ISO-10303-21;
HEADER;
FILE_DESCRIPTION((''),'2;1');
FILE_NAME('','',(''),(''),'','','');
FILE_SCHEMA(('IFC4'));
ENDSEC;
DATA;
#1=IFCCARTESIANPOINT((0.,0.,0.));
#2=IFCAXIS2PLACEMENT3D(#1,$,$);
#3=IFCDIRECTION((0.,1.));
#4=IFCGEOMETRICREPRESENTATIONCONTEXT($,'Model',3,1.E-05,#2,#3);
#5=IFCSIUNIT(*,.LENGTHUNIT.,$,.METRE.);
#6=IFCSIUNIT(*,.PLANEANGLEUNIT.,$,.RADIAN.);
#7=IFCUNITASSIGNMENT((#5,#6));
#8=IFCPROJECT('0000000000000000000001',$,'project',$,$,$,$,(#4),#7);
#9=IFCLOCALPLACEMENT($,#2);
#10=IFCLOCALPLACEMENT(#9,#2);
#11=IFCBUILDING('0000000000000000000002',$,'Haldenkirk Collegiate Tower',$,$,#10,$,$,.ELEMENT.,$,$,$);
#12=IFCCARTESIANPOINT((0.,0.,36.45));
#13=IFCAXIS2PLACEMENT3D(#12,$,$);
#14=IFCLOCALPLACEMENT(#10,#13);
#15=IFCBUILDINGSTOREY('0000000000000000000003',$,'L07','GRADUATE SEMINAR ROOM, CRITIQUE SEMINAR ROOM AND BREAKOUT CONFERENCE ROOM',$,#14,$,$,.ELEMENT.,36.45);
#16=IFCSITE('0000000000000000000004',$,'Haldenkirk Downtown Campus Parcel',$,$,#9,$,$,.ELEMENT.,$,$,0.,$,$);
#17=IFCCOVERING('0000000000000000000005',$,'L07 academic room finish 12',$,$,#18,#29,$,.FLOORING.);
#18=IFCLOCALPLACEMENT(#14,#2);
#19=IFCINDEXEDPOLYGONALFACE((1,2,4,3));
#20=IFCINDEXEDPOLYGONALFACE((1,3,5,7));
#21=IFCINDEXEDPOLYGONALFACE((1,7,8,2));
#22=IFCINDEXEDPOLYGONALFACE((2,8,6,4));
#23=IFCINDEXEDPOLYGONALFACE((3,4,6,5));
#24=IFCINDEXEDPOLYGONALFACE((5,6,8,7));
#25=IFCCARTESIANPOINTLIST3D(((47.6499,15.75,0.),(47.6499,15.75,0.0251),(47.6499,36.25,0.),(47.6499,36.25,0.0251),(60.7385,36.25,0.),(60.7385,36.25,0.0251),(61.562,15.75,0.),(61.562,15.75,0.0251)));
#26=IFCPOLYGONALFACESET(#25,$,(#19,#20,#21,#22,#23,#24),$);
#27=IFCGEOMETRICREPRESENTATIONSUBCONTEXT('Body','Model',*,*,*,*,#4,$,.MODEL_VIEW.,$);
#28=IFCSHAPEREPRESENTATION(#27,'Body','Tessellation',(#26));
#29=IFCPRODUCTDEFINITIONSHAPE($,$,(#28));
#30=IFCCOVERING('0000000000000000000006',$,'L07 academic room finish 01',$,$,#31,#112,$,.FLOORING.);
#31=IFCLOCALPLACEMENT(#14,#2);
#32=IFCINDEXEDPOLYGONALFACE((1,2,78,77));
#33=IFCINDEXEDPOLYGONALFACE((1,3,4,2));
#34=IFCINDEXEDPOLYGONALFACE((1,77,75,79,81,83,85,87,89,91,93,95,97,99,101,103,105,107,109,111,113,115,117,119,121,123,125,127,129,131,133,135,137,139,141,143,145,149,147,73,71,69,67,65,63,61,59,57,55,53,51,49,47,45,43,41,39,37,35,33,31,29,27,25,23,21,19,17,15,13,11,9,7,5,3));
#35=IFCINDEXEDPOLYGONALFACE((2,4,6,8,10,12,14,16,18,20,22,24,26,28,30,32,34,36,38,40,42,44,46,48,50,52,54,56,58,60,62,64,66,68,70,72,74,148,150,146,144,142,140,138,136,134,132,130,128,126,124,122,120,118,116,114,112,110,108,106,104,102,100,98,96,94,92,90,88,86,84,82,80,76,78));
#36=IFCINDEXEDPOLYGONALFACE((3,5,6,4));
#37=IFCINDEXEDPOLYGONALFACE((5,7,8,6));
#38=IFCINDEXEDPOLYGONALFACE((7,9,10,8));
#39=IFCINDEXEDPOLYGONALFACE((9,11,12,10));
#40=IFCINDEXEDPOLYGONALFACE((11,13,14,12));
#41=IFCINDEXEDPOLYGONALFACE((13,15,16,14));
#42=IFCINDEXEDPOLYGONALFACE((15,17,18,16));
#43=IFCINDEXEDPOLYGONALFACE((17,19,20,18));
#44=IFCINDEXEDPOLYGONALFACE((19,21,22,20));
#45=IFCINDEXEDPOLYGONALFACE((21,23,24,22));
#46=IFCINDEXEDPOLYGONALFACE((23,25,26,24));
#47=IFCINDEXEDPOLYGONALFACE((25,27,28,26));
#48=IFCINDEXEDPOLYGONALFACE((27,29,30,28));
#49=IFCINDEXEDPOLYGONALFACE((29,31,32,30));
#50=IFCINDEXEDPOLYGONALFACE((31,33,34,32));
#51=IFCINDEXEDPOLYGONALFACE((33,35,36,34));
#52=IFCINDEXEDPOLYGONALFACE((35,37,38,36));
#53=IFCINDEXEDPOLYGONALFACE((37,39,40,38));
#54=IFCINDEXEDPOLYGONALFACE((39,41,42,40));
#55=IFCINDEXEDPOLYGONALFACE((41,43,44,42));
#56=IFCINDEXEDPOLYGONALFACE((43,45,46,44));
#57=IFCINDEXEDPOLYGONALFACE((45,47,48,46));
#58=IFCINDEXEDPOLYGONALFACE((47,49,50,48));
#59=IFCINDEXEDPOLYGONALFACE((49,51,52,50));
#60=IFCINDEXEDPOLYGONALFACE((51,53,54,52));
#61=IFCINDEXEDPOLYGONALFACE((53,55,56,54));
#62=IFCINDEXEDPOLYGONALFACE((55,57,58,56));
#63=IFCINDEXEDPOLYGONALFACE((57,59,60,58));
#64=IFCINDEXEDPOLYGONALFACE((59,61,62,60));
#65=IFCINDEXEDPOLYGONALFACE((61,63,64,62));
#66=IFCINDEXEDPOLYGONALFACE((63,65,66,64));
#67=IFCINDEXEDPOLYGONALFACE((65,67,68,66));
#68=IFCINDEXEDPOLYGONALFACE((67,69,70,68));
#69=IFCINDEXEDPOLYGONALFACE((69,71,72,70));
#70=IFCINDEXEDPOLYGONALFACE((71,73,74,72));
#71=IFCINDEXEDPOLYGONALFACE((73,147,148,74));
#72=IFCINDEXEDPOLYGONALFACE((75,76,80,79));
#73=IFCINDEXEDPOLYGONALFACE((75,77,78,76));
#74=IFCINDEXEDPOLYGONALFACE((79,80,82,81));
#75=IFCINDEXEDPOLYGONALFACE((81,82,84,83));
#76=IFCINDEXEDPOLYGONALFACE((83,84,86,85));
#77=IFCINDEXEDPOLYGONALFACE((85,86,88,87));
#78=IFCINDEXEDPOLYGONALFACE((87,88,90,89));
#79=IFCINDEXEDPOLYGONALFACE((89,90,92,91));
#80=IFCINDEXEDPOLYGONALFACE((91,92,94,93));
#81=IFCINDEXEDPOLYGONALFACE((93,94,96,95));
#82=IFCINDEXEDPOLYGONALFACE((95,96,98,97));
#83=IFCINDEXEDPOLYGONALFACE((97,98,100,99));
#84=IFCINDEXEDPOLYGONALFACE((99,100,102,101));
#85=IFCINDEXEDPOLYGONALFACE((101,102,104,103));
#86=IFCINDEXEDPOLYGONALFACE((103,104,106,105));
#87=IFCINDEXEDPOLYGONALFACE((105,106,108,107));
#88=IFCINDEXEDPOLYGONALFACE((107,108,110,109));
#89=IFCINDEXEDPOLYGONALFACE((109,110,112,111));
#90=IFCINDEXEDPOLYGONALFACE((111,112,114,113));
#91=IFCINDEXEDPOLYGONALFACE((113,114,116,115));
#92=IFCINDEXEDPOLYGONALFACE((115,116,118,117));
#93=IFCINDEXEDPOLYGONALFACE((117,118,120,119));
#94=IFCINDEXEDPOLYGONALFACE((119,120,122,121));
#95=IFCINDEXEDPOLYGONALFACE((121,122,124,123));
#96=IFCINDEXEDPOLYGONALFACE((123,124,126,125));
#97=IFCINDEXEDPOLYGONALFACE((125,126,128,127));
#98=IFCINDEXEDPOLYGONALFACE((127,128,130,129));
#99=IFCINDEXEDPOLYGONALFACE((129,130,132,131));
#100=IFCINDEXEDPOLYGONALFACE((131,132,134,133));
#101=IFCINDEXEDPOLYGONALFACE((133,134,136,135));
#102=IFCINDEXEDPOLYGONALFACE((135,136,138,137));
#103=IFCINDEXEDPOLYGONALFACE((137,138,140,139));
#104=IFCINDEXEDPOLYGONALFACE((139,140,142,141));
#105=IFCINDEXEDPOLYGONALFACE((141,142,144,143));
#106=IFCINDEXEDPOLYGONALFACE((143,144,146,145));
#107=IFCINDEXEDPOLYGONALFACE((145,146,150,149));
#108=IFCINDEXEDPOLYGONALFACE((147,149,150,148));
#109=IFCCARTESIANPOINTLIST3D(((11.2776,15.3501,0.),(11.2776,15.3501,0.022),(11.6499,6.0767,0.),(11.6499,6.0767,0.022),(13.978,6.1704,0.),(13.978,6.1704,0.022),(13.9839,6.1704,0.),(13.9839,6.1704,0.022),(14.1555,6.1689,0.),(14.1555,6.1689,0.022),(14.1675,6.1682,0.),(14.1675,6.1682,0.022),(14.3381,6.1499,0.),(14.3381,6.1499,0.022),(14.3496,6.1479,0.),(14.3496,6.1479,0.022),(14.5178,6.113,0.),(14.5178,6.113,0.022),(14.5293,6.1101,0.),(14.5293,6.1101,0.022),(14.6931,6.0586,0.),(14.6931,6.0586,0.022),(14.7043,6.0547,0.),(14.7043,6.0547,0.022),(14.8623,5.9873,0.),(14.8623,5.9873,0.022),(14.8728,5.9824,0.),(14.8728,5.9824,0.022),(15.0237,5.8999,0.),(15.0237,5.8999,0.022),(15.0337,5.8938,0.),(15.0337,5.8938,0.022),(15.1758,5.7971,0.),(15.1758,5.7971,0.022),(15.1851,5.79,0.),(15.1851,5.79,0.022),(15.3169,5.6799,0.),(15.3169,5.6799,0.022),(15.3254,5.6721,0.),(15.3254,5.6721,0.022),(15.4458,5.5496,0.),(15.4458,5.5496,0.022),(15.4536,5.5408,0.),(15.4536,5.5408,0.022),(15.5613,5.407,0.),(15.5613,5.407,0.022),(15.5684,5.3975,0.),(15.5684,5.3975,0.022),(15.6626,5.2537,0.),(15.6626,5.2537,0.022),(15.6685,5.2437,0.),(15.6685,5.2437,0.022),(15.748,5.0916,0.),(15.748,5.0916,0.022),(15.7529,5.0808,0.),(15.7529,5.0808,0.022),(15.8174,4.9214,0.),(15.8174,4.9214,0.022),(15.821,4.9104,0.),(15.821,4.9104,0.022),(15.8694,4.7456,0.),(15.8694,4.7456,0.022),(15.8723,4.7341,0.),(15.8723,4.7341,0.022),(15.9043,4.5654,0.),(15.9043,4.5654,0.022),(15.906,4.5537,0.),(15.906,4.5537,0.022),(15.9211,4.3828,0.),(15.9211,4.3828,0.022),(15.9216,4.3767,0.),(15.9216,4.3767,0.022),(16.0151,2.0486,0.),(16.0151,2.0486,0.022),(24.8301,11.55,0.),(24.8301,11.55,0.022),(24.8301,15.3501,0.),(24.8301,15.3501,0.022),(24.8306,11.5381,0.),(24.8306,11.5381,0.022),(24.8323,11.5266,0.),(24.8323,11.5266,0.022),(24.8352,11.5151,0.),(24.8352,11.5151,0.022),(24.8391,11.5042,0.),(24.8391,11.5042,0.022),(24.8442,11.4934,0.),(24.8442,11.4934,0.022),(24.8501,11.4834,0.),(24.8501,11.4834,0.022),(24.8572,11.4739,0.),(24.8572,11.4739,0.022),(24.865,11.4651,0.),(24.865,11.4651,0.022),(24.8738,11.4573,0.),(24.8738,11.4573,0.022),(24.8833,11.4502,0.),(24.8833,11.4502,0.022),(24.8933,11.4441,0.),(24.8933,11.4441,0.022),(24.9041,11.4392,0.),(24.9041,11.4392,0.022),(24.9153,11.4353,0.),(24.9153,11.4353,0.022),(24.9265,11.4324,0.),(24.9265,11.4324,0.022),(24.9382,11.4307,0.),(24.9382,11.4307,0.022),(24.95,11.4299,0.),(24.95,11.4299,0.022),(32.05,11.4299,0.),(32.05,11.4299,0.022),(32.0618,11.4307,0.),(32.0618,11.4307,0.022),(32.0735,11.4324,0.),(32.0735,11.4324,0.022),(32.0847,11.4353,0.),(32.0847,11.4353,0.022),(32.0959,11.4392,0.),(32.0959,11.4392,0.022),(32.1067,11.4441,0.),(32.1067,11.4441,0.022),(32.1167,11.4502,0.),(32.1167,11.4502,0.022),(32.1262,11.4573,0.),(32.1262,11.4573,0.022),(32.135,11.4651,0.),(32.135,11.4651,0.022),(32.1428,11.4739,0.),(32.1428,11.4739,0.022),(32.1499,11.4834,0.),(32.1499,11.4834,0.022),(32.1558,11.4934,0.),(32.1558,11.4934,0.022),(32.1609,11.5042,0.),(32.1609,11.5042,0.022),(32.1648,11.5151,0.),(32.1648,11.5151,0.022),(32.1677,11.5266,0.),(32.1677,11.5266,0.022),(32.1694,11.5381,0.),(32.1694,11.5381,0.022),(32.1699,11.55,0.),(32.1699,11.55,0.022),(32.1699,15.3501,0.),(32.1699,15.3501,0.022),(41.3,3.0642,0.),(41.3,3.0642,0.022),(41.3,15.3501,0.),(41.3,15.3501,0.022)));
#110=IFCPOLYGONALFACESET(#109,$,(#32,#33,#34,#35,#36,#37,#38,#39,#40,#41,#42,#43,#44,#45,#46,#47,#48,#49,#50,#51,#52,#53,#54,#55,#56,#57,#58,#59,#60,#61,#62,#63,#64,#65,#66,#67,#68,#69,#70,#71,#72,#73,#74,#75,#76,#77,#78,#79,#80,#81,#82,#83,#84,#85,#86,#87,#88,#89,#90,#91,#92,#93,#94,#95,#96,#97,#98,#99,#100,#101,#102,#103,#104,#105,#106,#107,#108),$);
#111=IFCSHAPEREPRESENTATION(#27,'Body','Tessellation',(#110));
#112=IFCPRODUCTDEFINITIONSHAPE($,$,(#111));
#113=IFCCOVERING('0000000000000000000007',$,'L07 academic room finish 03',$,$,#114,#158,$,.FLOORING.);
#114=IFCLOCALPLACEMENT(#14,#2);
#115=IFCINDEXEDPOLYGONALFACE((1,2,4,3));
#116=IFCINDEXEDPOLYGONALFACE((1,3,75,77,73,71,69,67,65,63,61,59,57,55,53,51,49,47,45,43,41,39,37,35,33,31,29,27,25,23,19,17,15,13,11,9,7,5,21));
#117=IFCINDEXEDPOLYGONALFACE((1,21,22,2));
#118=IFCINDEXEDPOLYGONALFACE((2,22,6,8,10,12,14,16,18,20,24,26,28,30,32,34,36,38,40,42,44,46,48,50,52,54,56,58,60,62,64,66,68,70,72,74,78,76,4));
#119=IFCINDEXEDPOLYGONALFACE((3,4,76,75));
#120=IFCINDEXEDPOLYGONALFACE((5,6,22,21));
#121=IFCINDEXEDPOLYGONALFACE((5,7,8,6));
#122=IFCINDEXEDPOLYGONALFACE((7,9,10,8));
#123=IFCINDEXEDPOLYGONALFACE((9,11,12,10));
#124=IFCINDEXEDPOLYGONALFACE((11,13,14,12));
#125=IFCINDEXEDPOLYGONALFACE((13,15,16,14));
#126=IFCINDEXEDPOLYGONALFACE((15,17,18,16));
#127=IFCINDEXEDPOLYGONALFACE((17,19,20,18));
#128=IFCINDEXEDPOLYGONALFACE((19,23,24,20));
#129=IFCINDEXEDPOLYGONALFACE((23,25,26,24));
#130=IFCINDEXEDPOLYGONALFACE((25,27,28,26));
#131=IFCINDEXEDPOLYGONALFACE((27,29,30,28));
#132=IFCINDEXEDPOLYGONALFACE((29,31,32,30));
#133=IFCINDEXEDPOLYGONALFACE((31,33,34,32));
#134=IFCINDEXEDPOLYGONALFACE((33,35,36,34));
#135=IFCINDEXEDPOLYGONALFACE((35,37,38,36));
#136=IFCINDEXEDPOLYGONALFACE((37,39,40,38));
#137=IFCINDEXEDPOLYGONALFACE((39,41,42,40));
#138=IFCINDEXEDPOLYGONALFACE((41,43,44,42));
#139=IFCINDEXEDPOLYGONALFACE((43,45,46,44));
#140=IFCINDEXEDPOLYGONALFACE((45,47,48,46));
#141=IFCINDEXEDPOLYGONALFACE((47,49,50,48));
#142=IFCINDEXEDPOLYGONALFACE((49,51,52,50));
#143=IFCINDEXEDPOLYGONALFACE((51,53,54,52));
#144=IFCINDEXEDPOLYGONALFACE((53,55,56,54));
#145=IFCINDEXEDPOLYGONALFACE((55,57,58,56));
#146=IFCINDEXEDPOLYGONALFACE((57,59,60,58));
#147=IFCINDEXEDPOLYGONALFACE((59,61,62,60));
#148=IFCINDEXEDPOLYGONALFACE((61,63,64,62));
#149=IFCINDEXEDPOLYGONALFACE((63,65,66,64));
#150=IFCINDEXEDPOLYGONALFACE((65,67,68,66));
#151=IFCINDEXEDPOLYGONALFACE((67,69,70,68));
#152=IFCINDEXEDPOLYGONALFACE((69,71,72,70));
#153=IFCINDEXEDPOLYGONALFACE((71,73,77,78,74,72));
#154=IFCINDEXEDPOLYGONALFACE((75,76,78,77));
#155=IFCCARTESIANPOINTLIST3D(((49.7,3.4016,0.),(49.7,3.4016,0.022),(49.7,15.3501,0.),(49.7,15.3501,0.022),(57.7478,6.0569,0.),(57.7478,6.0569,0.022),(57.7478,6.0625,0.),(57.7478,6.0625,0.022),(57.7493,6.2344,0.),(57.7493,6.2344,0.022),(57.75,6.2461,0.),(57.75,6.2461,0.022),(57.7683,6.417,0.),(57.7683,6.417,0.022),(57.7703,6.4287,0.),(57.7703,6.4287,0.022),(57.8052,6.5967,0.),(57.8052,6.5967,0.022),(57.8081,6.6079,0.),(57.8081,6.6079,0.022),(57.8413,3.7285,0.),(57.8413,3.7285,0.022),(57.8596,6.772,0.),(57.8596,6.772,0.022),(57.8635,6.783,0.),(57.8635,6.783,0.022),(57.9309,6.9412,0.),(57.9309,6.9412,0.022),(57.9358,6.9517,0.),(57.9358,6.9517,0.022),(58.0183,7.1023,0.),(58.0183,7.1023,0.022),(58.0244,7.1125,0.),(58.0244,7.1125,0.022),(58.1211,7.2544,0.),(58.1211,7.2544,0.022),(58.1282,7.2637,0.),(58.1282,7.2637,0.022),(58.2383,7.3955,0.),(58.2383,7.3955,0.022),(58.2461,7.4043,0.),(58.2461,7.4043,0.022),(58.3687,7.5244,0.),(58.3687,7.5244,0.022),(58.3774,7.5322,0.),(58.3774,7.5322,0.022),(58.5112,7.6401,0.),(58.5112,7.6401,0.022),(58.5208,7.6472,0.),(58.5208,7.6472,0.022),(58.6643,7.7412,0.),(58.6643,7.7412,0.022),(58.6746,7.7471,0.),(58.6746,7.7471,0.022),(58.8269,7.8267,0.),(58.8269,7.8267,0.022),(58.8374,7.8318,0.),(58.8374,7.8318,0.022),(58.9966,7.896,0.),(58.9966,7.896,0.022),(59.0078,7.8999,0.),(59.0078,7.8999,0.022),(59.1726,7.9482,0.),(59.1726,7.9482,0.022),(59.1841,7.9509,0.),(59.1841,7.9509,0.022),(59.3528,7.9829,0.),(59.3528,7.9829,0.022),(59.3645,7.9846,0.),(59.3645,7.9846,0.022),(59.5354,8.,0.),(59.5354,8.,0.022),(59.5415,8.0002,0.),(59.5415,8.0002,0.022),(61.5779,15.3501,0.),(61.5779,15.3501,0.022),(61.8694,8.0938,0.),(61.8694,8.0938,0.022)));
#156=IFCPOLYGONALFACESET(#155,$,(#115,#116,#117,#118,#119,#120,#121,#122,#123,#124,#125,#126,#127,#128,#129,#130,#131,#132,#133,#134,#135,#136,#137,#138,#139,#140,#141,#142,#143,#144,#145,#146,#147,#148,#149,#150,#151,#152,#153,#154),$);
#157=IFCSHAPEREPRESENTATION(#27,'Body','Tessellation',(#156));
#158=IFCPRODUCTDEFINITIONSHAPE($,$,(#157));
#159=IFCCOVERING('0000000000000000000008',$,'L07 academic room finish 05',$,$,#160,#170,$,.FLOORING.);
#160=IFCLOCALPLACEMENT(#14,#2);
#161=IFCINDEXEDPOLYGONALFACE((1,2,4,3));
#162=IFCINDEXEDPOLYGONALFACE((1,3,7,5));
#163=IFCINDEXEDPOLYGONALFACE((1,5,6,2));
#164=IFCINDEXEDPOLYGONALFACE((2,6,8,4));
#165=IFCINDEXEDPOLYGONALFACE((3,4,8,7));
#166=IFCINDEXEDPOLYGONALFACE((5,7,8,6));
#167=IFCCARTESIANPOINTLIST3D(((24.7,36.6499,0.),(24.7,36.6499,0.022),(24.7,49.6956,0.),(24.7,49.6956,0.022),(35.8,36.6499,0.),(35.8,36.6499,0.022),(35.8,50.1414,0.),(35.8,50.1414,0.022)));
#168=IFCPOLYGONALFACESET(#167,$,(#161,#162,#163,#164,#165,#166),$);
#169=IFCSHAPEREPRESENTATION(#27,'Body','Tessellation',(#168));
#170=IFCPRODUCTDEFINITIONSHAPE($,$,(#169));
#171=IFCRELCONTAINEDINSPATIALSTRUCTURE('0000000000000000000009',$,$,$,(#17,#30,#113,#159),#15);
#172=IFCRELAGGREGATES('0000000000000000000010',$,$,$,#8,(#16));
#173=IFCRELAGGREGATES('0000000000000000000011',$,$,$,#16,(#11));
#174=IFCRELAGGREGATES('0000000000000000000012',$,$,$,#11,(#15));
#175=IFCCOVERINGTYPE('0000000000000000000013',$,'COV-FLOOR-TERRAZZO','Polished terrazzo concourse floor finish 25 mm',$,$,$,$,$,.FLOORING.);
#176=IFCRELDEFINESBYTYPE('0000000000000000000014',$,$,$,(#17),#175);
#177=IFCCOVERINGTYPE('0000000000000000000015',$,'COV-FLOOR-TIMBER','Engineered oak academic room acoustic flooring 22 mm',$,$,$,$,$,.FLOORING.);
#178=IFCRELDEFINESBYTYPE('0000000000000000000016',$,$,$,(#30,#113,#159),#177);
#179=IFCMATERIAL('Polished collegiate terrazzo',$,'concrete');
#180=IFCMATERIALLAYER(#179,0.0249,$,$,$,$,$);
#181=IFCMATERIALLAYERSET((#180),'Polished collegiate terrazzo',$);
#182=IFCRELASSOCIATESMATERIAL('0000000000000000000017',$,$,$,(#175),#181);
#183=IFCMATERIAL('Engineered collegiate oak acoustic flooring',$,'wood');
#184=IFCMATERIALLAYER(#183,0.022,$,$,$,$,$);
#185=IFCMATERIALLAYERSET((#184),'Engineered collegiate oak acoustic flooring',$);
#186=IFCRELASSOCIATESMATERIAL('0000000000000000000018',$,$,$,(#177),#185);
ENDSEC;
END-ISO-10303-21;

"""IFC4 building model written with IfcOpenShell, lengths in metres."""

from ifc_helpers import new_model, si_unit, direction, frame, origin, place, context, subcontext, project, spatial, polyline, outline, extrude, material, layer, layer_set, type_object, element, save


model = new_model("IFC4")

# Units and contexts
model_context = context("Model", 3, precision=1e-05, world=origin(), true_north=direction((0.0, 1.0)))
body_context = subcontext(model_context, "Body", "Model", "MODEL_VIEW")
ifc_project = project(units=[si_unit("LENGTHUNIT", "METRE"), si_unit("PLANEANGLEUNIT", "RADIAN")], contexts=[model_context])

# Site, building, storey
site_placement = place(None, origin())
site = spatial("IfcSite", under=ifc_project, at=site_placement, Name="Haldenkirk Downtown Campus Parcel", CompositionType="ELEMENT", RefElevation=0.0)
building_placement = place(site_placement, origin())
building = spatial("IfcBuilding", under=site, at=building_placement, Name="Haldenkirk Collegiate Tower", CompositionType="ELEMENT")
storey_placement = place(building_placement, frame((0.0, 0.0, 36.45)))
storey = spatial("IfcBuildingStorey", under=building, at=storey_placement, Name="L07", Description="GRADUATE SEMINAR ROOM, CRITIQUE SEMINAR ROOM AND BREAKOUT CONFERENCE ROOM", CompositionType="ELEMENT", Elevation=36.45)

# Coverings
ifc_material_1 = material(Name="Polished collegiate terrazzo", Category="concrete")
ifc_layer_1 = layer(ifc_material_1, 0.0249)
ifc_layer_set_1 = layer_set([ifc_layer_1], Name="Polished collegiate terrazzo")
covering_type_1 = type_object("IfcCoveringType", Name="COV-FLOOR-TERRAZZO", Description="Polished terrazzo concourse floor finish 25 mm", PredefinedType="FLOORING", material=ifc_layer_set_1)
covering_1_placement = place(storey_placement, origin())
element("IfcCovering", 1, at=covering_1_placement, inside=storey, type_object=covering_type_1, Name="L07 academic room finish 12", PredefinedType="FLOORING", context=body_context, shape_type="SweptSolid", body=[
    extrude(outline(polyline([(61.562, 15.75), (47.6499, 15.75), (47.6499, 36.25), (60.7385, 36.25), (61.562, 15.75)])), origin(), (0.0, 0.0, 1.0), 0.0251),
])
ifc_material_2 = material(Name="Engineered collegiate oak acoustic flooring", Category="wood")
ifc_layer_2 = layer(ifc_material_2, 0.022)
ifc_layer_set_2 = layer_set([ifc_layer_2], Name="Engineered collegiate oak acoustic flooring")
covering_type_2 = type_object("IfcCoveringType", Name="COV-FLOOR-TIMBER", Description="Engineered oak academic room acoustic flooring 22 mm", PredefinedType="FLOORING", material=ifc_layer_set_2)
covering_2_placement = place(storey_placement, origin())
element("IfcCovering", 2, at=covering_2_placement, inside=storey, type_object=covering_type_2, Name="L07 academic room finish 01", PredefinedType="FLOORING", context=body_context, shape_type="SweptSolid", body=[
    extrude(outline(polyline([(15.7529, 5.0808), (15.748, 5.0916), (15.6685, 5.2437), (15.6626, 5.2537), (15.5684, 5.3975), (15.5613, 5.407), (15.4536, 5.5408), (15.4458, 5.5496), (15.3254, 5.6721), (15.3169, 5.6799), (15.1851, 5.79), (15.1758, 5.7971), (15.0337, 5.8938), (15.0237, 5.8999), (14.8728, 5.9824), (14.8623, 5.9873), (14.7043, 6.0547), (14.6931, 6.0586), (14.5293, 6.1101), (14.5178, 6.113), (14.3496, 6.1479), (14.3381, 6.1499), (14.1675, 6.1682), (14.1555, 6.1689), (13.9839, 6.1704), (13.978, 6.1704), (11.6499, 6.0767), (11.2776, 15.3501), (24.8301, 15.3501), (24.8301, 11.55), (24.8306, 11.5381), (24.8323, 11.5266), (24.8352, 11.5151), (24.8391, 11.5042), (24.8442, 11.4934), (24.8501, 11.4834), (24.8572, 11.4739), (24.865, 11.4651), (24.8738, 11.4573), (24.8833, 11.4502), (24.8933, 11.4441), (24.9041, 11.4392), (24.9153, 11.4353), (24.9265, 11.4324), (24.9382, 11.4307), (24.95, 11.4299), (32.05, 11.4299), (32.0618, 11.4307), (32.0735, 11.4324), (32.0847, 11.4353), (32.0959, 11.4392), (32.1067, 11.4441), (32.1167, 11.4502), (32.1262, 11.4573), (32.135, 11.4651), (32.1428, 11.4739), (32.1499, 11.4834), (32.1558, 11.4934), (32.1609, 11.5042), (32.1648, 11.5151), (32.1677, 11.5266), (32.1694, 11.5381), (32.1699, 11.55), (32.1699, 15.3501), (41.3, 15.3501), (41.3, 3.0642), (16.0151, 2.0486), (15.9216, 4.3767), (15.9211, 4.3828), (15.906, 4.5537), (15.9043, 4.5654), (15.8723, 4.7341), (15.8694, 4.7456), (15.821, 4.9104), (15.8174, 4.9214), (15.7529, 5.0808)])), origin(), (0.0, 0.0, 1.0), 0.022),
])
covering_3_placement = place(storey_placement, origin())
element("IfcCovering", 3, at=covering_3_placement, inside=storey, type_object=covering_type_2, Name="L07 academic room finish 03", PredefinedType="FLOORING", context=body_context, shape_type="SweptSolid", body=[
    extrude(outline(polyline([(61.8694, 8.0938), (59.5415, 8.0002), (59.5354, 8.0), (59.3645, 7.9846), (59.3528, 7.9829), (59.1841, 7.9509), (59.1726, 7.9482), (59.0078, 7.8999), (58.9966, 7.896), (58.8374, 7.8318), (58.8269, 7.8267), (58.6746, 7.7471), (58.6643, 7.7412), (58.5208, 7.6472), (58.5112, 7.6401), (58.3774, 7.5322), (58.3687, 7.5244), (58.2461, 7.4043), (58.2383, 7.3955), (58.1282, 7.2637), (58.1211, 7.2544), (58.0244, 7.1125), (58.0183, 7.1023), (57.9358, 6.9517), (57.9309, 6.9412), (57.8635, 6.783), (57.8596, 6.772), (57.8081, 6.6079), (57.8052, 6.5967), (57.7703, 6.4287), (57.7683, 6.417), (57.75, 6.2461), (57.7493, 6.2344), (57.7478, 6.0625), (57.7478, 6.0569), (57.8413, 3.7285), (49.7, 3.4016), (49.7, 15.3501), (61.5779, 15.3501), (61.8694, 8.0938)])), origin(), (0.0, 0.0, 1.0), 0.022),
])
covering_4_placement = place(storey_placement, origin())
element("IfcCovering", 4, at=covering_4_placement, inside=storey, type_object=covering_type_2, Name="L07 academic room finish 05", PredefinedType="FLOORING", context=body_context, shape_type="SweptSolid", body=[
    extrude(outline(polyline([(35.8, 50.1414), (35.8, 36.6499), (24.7, 36.6499), (24.7, 49.6956), (35.8, 50.1414)])), origin(), (0.0, 0.0, 1.0), 0.022),
])

save(model, "model.ifc")
